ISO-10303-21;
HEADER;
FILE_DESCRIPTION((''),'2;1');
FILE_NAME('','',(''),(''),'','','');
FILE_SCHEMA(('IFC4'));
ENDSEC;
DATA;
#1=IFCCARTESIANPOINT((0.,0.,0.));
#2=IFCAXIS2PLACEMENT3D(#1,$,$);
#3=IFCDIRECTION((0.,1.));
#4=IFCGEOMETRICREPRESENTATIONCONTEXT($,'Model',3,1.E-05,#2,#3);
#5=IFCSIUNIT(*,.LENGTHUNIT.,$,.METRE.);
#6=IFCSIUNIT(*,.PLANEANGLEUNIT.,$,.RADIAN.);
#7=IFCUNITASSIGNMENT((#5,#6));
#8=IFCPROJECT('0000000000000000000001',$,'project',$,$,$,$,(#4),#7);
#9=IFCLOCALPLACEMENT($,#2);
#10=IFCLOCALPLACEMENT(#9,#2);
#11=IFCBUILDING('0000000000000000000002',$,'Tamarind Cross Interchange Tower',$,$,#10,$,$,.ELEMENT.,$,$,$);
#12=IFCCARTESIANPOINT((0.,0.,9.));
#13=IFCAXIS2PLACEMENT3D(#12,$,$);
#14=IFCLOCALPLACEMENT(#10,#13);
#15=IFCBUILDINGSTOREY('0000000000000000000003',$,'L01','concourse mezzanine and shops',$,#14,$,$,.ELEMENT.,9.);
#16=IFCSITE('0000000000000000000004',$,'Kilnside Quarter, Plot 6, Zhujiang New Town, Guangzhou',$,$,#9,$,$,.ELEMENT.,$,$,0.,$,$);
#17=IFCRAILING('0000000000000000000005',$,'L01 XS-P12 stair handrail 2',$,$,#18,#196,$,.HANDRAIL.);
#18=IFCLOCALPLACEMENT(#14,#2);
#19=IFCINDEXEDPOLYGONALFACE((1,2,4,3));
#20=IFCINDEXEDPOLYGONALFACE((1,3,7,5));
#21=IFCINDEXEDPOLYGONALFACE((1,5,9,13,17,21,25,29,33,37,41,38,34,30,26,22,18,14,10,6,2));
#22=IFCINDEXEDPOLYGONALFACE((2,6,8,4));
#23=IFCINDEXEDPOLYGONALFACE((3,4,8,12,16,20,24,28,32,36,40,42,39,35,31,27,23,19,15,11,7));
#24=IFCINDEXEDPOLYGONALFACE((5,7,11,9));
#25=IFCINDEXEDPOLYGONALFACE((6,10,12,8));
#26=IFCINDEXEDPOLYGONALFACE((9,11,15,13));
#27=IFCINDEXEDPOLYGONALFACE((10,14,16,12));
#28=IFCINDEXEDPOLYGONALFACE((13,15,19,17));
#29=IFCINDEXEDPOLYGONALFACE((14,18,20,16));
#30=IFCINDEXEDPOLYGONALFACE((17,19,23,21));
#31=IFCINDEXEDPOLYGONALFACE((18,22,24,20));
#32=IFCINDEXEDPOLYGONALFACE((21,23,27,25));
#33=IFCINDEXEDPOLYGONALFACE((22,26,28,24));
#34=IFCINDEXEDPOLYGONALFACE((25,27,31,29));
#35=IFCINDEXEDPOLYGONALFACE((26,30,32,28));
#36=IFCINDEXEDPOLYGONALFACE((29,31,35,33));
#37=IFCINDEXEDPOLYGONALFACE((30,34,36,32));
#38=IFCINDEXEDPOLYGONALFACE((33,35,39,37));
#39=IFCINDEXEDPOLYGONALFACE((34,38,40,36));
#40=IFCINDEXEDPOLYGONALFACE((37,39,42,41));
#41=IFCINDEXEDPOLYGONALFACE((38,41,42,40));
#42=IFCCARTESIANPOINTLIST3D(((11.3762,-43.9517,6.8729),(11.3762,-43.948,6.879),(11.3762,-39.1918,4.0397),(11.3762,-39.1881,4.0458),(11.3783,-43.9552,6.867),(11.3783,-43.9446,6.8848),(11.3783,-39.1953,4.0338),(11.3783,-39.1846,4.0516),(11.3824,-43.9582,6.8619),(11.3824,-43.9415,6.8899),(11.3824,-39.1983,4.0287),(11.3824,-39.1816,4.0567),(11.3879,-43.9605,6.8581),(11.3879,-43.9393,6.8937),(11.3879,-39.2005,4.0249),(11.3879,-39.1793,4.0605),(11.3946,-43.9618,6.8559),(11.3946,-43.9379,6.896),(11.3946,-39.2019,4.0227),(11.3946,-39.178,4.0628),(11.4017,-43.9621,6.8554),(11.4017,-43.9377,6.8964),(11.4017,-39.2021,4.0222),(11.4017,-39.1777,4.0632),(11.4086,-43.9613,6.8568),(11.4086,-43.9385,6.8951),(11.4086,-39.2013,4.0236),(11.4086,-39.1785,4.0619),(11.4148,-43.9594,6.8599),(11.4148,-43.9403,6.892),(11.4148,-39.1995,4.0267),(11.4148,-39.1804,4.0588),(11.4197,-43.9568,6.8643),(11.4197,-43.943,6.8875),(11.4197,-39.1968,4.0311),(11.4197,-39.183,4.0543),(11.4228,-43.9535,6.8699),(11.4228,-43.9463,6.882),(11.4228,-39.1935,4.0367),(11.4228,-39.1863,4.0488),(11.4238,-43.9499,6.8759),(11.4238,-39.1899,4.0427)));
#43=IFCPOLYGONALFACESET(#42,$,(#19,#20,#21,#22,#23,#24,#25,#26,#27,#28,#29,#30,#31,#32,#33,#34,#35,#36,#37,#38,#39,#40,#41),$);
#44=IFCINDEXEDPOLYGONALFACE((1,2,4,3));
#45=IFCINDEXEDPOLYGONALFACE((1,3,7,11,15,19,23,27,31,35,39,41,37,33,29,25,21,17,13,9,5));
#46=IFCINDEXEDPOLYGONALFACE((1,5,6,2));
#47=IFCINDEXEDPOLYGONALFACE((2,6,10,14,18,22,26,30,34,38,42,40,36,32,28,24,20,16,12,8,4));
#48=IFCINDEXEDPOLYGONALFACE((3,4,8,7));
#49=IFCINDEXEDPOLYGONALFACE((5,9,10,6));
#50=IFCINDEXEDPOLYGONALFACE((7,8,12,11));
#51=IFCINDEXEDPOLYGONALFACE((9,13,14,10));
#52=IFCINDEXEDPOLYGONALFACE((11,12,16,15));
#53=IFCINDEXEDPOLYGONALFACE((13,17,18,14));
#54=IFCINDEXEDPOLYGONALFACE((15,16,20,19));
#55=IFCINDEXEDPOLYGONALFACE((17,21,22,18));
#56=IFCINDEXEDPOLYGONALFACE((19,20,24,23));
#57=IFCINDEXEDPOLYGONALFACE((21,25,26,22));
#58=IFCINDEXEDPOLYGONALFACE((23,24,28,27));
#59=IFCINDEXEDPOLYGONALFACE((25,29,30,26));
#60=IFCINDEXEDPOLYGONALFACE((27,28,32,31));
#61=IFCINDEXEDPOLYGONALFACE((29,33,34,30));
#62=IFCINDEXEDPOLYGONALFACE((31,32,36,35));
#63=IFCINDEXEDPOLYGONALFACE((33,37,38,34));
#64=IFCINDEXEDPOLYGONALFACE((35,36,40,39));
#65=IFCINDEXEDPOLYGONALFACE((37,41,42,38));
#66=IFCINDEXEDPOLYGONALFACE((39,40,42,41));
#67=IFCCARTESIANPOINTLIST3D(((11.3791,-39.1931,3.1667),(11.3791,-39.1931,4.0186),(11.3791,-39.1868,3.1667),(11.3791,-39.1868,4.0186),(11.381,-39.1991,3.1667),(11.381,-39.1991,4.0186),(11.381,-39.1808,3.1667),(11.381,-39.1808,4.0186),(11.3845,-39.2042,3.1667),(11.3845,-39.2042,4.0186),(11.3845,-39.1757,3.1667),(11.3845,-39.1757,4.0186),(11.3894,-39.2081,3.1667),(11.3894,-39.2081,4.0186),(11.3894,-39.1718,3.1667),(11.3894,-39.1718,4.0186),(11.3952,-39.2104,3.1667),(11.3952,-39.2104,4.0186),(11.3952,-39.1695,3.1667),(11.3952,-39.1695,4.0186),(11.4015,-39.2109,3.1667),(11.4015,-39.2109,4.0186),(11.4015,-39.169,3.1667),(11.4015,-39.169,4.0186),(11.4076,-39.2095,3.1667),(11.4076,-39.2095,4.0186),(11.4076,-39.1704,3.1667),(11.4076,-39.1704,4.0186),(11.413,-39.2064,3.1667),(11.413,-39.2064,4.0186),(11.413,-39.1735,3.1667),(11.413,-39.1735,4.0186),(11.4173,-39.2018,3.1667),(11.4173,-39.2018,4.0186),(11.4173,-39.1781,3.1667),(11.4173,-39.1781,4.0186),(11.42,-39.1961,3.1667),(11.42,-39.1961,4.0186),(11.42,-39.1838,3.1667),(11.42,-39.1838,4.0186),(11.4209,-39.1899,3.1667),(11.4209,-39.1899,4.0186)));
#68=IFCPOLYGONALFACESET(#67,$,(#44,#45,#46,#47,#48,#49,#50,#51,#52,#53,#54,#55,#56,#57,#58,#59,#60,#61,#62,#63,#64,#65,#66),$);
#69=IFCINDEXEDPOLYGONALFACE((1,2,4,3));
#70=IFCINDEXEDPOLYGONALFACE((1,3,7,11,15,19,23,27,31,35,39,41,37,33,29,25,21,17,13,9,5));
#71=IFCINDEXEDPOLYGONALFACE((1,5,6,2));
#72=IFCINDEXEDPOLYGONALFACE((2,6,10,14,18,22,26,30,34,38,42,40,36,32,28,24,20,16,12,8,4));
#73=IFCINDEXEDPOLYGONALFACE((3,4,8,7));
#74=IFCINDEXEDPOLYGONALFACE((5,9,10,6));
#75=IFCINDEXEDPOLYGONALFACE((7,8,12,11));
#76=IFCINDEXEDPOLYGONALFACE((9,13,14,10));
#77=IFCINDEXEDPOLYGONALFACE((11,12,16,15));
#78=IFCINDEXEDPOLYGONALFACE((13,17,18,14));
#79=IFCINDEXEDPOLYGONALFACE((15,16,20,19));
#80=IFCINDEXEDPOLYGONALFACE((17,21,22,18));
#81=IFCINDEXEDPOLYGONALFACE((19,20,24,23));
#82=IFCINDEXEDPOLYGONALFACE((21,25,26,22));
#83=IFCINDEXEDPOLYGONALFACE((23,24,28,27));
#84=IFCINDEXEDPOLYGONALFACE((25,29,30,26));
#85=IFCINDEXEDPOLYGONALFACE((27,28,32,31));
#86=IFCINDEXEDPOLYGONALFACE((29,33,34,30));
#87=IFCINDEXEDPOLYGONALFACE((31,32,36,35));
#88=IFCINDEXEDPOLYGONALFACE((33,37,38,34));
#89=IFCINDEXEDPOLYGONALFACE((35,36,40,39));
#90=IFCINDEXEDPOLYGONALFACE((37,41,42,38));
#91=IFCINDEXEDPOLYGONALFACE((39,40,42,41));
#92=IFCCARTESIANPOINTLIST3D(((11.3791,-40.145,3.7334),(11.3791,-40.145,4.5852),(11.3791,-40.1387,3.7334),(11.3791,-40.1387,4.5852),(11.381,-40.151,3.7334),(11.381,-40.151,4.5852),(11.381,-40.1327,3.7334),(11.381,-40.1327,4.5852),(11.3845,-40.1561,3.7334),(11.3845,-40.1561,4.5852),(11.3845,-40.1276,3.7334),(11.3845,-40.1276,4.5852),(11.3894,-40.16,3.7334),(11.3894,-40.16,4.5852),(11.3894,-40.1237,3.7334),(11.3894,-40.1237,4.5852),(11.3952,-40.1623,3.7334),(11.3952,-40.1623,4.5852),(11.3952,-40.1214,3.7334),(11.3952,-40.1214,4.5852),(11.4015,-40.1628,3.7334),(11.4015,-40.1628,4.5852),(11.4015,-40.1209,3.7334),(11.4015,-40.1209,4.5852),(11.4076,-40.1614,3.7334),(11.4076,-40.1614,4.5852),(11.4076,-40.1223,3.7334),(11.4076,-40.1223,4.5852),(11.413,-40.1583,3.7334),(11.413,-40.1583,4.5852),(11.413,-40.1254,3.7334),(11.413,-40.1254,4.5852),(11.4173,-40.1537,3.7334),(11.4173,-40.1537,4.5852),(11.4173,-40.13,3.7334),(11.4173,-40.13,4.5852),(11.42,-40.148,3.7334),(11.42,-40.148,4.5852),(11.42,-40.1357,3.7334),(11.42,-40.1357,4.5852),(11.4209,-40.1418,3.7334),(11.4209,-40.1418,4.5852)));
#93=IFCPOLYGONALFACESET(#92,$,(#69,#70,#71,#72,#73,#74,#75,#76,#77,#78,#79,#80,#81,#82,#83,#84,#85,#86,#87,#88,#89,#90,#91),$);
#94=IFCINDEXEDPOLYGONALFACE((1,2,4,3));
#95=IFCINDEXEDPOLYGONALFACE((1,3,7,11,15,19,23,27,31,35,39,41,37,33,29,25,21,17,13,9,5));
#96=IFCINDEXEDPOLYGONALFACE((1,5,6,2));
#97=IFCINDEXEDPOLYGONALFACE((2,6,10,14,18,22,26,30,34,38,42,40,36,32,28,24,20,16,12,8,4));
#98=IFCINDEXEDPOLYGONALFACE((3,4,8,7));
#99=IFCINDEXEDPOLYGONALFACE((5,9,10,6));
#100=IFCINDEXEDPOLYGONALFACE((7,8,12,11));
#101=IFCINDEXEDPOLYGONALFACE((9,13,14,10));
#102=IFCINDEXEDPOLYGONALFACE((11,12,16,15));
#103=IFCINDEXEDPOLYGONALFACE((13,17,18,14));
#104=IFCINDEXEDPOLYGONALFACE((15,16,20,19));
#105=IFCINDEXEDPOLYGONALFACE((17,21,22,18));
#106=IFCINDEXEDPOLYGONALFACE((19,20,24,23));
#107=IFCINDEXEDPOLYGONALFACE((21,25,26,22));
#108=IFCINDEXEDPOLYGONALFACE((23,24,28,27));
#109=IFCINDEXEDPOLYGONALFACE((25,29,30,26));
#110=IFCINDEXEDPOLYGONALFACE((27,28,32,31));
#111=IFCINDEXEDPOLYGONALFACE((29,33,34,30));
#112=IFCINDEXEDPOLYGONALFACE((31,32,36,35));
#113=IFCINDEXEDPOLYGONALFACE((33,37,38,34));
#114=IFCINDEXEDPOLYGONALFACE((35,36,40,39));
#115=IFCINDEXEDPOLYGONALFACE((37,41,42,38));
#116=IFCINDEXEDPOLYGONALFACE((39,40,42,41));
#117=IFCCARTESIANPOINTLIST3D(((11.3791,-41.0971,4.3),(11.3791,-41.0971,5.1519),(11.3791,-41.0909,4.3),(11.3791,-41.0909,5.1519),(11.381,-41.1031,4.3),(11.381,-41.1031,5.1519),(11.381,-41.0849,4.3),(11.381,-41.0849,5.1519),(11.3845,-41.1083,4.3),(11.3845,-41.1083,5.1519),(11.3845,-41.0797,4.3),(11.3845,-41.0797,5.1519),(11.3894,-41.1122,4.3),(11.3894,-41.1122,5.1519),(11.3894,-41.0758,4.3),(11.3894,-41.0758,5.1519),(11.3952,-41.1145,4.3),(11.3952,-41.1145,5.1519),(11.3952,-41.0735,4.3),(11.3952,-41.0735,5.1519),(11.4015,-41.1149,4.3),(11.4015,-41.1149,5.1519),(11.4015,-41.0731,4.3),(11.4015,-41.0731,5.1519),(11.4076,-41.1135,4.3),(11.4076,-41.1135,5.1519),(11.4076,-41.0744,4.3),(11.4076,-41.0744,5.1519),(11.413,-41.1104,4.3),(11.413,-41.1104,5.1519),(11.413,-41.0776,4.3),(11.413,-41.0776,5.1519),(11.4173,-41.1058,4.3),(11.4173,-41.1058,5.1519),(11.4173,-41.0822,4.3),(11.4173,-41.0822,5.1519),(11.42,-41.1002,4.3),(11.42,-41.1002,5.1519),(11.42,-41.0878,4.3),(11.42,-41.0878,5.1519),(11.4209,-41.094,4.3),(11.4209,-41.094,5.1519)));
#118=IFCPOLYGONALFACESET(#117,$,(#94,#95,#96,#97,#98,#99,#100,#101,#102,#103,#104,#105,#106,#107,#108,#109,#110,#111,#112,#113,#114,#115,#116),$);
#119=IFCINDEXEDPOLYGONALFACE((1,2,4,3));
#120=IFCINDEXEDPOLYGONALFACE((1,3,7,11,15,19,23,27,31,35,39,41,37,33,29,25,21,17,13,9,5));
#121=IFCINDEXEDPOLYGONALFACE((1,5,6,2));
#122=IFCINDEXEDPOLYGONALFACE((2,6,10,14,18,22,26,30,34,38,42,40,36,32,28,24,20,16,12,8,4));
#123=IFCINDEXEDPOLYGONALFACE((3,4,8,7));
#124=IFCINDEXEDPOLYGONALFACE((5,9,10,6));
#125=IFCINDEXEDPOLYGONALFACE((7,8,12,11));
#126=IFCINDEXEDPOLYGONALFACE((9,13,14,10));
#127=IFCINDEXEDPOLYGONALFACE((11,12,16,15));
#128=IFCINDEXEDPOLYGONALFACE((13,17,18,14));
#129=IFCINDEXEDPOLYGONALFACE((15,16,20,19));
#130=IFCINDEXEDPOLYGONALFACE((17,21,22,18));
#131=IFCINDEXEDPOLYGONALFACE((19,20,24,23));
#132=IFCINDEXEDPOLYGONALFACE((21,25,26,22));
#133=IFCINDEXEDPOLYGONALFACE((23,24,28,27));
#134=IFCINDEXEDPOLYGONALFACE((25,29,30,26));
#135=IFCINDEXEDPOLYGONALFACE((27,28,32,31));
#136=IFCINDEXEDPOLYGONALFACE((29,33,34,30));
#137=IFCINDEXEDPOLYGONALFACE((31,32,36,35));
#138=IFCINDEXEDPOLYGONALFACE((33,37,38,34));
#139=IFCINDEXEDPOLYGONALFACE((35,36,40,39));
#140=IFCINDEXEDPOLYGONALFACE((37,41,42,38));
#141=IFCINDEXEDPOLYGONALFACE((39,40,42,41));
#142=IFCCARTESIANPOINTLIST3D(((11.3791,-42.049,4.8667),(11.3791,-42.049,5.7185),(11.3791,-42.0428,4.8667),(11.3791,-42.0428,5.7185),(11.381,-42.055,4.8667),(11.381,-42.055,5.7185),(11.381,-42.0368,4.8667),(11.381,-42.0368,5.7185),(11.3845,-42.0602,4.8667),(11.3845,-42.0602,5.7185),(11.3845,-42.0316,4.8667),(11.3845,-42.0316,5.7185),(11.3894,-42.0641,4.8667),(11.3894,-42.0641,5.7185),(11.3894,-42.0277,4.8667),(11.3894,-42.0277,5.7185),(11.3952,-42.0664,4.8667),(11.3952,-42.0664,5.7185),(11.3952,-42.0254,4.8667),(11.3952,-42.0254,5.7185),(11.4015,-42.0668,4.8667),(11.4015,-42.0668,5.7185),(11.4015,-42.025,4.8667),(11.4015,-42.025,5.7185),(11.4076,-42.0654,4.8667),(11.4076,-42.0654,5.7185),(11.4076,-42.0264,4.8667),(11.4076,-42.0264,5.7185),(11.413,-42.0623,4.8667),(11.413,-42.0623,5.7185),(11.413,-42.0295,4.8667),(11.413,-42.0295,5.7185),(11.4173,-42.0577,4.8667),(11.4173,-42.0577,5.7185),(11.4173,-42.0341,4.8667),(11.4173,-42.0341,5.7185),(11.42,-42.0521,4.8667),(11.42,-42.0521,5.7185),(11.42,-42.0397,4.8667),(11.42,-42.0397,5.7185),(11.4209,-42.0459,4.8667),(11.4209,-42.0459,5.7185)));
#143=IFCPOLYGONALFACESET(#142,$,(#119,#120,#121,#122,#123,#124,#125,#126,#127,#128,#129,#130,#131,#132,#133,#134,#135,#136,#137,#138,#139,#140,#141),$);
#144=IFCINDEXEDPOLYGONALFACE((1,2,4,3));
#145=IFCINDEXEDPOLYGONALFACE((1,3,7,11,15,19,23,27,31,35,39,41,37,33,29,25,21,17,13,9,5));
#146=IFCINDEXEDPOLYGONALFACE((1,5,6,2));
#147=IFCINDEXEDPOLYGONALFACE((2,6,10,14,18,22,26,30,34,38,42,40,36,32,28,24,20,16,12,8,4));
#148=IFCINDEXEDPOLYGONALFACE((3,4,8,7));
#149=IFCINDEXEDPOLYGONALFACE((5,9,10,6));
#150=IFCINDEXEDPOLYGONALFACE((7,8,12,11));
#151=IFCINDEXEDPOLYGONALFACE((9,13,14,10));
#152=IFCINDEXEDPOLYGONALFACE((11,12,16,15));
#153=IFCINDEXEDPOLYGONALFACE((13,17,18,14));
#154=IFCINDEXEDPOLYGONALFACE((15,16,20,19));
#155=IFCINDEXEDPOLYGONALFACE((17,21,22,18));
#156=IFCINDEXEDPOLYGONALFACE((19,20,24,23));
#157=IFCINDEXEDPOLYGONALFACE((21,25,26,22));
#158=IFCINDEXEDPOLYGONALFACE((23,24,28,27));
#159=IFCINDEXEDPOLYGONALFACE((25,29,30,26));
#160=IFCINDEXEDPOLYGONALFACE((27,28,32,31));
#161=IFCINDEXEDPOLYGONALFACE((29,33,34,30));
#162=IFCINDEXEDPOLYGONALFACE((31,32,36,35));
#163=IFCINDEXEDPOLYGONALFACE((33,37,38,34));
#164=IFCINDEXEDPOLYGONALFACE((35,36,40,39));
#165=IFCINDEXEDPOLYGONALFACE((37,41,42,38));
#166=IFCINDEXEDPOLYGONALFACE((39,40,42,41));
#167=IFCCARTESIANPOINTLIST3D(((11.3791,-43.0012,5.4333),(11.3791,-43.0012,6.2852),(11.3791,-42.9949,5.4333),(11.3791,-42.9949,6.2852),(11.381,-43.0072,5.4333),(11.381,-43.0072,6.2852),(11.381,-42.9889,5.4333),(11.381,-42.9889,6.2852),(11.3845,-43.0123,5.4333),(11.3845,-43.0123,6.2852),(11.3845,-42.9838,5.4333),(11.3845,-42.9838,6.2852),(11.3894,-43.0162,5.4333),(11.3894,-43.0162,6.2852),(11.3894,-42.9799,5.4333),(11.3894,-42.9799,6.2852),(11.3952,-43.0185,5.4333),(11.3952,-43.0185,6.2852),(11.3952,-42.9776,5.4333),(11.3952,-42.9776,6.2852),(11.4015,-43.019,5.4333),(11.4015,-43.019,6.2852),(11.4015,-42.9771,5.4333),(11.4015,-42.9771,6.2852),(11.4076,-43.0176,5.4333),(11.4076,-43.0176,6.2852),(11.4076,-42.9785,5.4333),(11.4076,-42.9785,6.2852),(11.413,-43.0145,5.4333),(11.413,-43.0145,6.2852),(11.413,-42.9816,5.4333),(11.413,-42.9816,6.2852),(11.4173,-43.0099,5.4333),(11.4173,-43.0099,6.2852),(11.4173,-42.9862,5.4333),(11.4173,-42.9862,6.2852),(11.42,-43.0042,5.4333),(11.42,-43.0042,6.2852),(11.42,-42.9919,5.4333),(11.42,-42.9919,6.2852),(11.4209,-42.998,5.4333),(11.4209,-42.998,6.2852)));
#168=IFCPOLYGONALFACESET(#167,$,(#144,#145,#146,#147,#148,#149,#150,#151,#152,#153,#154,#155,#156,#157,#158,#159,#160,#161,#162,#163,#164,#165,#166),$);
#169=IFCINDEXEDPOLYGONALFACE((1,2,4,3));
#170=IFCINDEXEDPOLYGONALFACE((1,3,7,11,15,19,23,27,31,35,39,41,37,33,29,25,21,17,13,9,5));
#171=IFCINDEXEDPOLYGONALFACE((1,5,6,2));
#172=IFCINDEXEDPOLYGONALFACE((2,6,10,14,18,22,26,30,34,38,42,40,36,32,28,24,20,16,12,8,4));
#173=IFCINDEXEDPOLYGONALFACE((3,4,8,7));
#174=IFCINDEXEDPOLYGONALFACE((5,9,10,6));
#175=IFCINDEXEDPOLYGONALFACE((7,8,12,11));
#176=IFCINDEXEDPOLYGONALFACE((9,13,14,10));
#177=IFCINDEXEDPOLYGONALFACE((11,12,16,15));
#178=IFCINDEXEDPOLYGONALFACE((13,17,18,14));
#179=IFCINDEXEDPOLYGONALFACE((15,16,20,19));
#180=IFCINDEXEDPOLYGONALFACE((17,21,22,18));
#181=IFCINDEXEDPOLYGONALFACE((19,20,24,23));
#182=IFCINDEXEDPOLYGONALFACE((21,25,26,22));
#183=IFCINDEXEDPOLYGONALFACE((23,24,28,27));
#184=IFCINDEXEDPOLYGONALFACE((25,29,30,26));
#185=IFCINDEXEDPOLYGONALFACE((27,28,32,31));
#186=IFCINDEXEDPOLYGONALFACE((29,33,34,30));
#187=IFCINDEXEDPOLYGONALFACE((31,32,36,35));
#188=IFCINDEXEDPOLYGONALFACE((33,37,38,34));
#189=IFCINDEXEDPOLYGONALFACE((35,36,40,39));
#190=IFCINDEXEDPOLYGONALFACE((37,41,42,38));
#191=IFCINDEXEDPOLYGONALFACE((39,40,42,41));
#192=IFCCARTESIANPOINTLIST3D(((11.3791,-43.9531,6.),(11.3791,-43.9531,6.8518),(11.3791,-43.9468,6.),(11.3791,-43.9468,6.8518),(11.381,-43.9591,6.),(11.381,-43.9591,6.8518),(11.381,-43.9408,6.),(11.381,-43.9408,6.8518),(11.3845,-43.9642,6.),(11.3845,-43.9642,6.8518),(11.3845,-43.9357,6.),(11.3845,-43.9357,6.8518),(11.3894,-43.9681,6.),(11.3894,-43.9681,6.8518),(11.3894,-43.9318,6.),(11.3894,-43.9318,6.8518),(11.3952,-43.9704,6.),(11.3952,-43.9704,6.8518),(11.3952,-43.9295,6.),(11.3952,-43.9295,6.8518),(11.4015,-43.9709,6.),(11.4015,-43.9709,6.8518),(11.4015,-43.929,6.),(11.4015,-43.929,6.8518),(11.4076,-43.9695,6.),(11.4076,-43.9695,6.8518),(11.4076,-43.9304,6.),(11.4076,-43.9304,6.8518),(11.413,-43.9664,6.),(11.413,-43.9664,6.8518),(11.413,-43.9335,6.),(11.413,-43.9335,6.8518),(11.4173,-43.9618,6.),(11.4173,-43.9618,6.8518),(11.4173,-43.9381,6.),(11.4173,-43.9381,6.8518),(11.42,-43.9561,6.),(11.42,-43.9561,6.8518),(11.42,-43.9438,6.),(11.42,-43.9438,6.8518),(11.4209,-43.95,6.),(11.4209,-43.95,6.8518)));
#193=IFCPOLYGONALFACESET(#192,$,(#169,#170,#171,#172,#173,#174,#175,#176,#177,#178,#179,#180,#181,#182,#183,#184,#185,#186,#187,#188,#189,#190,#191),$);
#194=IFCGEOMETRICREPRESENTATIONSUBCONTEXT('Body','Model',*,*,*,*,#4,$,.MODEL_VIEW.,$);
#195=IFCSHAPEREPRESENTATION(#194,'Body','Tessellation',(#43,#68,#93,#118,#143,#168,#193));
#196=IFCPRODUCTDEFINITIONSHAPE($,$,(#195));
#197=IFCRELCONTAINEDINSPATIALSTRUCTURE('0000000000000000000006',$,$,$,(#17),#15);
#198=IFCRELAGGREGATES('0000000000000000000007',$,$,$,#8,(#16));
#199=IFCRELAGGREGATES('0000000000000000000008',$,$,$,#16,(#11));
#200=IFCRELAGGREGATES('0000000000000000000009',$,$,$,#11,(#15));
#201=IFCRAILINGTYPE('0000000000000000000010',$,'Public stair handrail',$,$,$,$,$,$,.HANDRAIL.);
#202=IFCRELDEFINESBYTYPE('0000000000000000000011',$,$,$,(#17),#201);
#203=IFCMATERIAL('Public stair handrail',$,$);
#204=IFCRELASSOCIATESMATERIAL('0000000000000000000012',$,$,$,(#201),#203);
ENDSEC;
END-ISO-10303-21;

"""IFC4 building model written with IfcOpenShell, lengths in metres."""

from ifc_helpers import new_model, si_unit, direction, frame, origin, origin_2d, place, context, subcontext, project, spatial, circle, extrude, material, type_object, element, save


model = new_model("IFC4")

# Units and contexts
model_context = context("Model", 3, precision=1e-05, world=origin(), true_north=direction((0.0, 1.0)))
body_context = subcontext(model_context, "Body", "Model", "MODEL_VIEW")
ifc_project = project(units=[si_unit("LENGTHUNIT", "METRE"), si_unit("PLANEANGLEUNIT", "RADIAN")], contexts=[model_context])

# Site, building, storey
site_placement = place(None, origin())
site = spatial("IfcSite", under=ifc_project, at=site_placement, Name="Kilnside Quarter, Plot 6, Zhujiang New Town, Guangzhou", CompositionType="ELEMENT", RefElevation=0.0)
building_placement = place(site_placement, origin())
building = spatial("IfcBuilding", under=site, at=building_placement, Name="Tamarind Cross Interchange Tower", CompositionType="ELEMENT")
storey_placement = place(building_placement, frame((0.0, 0.0, 9.0)))
storey = spatial("IfcBuildingStorey", under=building, at=storey_placement, Name="L01", Description="concourse mezzanine and shops", CompositionType="ELEMENT", Elevation=9.0)

# Railing
ifc_material_1 = material(Name="Public stair handrail")
railing_type_1 = type_object("IfcRailingType", Name="Public stair handrail", PredefinedType="HANDRAIL", material=ifc_material_1)
railing_1_placement = place(storey_placement, frame((11.3999, -39.1899, 3.1667)))
element("IfcRailing", 1, at=railing_1_placement, inside=storey, type_object=railing_type_1, Name="L01 XS-P12 stair handrail 2", PredefinedType="HANDRAIL", context=body_context, shape_type="SweptSolid", body=[
    extrude(circle(Radius=0.0239, at=origin_2d()), frame((0.0, 0.0, 0.876), z_axis=(0.0, -0.8593, 0.511472), x_axis=(1.0, 0.0, 0.0)), (0.0, 0.0, 1.0), 5.5393),
    extrude(circle(Radius=0.021, at=origin_2d()), origin(), (0.0, 0.0, 1.0), 0.8518),
    extrude(circle(Radius=0.021, at=origin_2d()), frame((0.0, -0.9519, 0.5667)), (0.0, 0.0, 1.0), 0.8518),
    extrude(circle(Radius=0.021, at=origin_2d()), frame((0.0, -1.9041, 1.1333)), (0.0, 0.0, 1.0), 0.8518),
    extrude(circle(Radius=0.021, at=origin_2d()), frame((0.0, -2.856, 1.7)), (0.0, 0.0, 1.0), 0.8518),
    extrude(circle(Radius=0.021, at=origin_2d()), frame((0.0, -3.8081, 2.2666)), (0.0, 0.0, 1.0), 0.8518),
    extrude(circle(Radius=0.021, at=origin_2d()), frame((0.0, -4.76, 2.8333)), (0.0, 0.0, 1.0), 0.8518),
])

save(model, "model.ifc")
